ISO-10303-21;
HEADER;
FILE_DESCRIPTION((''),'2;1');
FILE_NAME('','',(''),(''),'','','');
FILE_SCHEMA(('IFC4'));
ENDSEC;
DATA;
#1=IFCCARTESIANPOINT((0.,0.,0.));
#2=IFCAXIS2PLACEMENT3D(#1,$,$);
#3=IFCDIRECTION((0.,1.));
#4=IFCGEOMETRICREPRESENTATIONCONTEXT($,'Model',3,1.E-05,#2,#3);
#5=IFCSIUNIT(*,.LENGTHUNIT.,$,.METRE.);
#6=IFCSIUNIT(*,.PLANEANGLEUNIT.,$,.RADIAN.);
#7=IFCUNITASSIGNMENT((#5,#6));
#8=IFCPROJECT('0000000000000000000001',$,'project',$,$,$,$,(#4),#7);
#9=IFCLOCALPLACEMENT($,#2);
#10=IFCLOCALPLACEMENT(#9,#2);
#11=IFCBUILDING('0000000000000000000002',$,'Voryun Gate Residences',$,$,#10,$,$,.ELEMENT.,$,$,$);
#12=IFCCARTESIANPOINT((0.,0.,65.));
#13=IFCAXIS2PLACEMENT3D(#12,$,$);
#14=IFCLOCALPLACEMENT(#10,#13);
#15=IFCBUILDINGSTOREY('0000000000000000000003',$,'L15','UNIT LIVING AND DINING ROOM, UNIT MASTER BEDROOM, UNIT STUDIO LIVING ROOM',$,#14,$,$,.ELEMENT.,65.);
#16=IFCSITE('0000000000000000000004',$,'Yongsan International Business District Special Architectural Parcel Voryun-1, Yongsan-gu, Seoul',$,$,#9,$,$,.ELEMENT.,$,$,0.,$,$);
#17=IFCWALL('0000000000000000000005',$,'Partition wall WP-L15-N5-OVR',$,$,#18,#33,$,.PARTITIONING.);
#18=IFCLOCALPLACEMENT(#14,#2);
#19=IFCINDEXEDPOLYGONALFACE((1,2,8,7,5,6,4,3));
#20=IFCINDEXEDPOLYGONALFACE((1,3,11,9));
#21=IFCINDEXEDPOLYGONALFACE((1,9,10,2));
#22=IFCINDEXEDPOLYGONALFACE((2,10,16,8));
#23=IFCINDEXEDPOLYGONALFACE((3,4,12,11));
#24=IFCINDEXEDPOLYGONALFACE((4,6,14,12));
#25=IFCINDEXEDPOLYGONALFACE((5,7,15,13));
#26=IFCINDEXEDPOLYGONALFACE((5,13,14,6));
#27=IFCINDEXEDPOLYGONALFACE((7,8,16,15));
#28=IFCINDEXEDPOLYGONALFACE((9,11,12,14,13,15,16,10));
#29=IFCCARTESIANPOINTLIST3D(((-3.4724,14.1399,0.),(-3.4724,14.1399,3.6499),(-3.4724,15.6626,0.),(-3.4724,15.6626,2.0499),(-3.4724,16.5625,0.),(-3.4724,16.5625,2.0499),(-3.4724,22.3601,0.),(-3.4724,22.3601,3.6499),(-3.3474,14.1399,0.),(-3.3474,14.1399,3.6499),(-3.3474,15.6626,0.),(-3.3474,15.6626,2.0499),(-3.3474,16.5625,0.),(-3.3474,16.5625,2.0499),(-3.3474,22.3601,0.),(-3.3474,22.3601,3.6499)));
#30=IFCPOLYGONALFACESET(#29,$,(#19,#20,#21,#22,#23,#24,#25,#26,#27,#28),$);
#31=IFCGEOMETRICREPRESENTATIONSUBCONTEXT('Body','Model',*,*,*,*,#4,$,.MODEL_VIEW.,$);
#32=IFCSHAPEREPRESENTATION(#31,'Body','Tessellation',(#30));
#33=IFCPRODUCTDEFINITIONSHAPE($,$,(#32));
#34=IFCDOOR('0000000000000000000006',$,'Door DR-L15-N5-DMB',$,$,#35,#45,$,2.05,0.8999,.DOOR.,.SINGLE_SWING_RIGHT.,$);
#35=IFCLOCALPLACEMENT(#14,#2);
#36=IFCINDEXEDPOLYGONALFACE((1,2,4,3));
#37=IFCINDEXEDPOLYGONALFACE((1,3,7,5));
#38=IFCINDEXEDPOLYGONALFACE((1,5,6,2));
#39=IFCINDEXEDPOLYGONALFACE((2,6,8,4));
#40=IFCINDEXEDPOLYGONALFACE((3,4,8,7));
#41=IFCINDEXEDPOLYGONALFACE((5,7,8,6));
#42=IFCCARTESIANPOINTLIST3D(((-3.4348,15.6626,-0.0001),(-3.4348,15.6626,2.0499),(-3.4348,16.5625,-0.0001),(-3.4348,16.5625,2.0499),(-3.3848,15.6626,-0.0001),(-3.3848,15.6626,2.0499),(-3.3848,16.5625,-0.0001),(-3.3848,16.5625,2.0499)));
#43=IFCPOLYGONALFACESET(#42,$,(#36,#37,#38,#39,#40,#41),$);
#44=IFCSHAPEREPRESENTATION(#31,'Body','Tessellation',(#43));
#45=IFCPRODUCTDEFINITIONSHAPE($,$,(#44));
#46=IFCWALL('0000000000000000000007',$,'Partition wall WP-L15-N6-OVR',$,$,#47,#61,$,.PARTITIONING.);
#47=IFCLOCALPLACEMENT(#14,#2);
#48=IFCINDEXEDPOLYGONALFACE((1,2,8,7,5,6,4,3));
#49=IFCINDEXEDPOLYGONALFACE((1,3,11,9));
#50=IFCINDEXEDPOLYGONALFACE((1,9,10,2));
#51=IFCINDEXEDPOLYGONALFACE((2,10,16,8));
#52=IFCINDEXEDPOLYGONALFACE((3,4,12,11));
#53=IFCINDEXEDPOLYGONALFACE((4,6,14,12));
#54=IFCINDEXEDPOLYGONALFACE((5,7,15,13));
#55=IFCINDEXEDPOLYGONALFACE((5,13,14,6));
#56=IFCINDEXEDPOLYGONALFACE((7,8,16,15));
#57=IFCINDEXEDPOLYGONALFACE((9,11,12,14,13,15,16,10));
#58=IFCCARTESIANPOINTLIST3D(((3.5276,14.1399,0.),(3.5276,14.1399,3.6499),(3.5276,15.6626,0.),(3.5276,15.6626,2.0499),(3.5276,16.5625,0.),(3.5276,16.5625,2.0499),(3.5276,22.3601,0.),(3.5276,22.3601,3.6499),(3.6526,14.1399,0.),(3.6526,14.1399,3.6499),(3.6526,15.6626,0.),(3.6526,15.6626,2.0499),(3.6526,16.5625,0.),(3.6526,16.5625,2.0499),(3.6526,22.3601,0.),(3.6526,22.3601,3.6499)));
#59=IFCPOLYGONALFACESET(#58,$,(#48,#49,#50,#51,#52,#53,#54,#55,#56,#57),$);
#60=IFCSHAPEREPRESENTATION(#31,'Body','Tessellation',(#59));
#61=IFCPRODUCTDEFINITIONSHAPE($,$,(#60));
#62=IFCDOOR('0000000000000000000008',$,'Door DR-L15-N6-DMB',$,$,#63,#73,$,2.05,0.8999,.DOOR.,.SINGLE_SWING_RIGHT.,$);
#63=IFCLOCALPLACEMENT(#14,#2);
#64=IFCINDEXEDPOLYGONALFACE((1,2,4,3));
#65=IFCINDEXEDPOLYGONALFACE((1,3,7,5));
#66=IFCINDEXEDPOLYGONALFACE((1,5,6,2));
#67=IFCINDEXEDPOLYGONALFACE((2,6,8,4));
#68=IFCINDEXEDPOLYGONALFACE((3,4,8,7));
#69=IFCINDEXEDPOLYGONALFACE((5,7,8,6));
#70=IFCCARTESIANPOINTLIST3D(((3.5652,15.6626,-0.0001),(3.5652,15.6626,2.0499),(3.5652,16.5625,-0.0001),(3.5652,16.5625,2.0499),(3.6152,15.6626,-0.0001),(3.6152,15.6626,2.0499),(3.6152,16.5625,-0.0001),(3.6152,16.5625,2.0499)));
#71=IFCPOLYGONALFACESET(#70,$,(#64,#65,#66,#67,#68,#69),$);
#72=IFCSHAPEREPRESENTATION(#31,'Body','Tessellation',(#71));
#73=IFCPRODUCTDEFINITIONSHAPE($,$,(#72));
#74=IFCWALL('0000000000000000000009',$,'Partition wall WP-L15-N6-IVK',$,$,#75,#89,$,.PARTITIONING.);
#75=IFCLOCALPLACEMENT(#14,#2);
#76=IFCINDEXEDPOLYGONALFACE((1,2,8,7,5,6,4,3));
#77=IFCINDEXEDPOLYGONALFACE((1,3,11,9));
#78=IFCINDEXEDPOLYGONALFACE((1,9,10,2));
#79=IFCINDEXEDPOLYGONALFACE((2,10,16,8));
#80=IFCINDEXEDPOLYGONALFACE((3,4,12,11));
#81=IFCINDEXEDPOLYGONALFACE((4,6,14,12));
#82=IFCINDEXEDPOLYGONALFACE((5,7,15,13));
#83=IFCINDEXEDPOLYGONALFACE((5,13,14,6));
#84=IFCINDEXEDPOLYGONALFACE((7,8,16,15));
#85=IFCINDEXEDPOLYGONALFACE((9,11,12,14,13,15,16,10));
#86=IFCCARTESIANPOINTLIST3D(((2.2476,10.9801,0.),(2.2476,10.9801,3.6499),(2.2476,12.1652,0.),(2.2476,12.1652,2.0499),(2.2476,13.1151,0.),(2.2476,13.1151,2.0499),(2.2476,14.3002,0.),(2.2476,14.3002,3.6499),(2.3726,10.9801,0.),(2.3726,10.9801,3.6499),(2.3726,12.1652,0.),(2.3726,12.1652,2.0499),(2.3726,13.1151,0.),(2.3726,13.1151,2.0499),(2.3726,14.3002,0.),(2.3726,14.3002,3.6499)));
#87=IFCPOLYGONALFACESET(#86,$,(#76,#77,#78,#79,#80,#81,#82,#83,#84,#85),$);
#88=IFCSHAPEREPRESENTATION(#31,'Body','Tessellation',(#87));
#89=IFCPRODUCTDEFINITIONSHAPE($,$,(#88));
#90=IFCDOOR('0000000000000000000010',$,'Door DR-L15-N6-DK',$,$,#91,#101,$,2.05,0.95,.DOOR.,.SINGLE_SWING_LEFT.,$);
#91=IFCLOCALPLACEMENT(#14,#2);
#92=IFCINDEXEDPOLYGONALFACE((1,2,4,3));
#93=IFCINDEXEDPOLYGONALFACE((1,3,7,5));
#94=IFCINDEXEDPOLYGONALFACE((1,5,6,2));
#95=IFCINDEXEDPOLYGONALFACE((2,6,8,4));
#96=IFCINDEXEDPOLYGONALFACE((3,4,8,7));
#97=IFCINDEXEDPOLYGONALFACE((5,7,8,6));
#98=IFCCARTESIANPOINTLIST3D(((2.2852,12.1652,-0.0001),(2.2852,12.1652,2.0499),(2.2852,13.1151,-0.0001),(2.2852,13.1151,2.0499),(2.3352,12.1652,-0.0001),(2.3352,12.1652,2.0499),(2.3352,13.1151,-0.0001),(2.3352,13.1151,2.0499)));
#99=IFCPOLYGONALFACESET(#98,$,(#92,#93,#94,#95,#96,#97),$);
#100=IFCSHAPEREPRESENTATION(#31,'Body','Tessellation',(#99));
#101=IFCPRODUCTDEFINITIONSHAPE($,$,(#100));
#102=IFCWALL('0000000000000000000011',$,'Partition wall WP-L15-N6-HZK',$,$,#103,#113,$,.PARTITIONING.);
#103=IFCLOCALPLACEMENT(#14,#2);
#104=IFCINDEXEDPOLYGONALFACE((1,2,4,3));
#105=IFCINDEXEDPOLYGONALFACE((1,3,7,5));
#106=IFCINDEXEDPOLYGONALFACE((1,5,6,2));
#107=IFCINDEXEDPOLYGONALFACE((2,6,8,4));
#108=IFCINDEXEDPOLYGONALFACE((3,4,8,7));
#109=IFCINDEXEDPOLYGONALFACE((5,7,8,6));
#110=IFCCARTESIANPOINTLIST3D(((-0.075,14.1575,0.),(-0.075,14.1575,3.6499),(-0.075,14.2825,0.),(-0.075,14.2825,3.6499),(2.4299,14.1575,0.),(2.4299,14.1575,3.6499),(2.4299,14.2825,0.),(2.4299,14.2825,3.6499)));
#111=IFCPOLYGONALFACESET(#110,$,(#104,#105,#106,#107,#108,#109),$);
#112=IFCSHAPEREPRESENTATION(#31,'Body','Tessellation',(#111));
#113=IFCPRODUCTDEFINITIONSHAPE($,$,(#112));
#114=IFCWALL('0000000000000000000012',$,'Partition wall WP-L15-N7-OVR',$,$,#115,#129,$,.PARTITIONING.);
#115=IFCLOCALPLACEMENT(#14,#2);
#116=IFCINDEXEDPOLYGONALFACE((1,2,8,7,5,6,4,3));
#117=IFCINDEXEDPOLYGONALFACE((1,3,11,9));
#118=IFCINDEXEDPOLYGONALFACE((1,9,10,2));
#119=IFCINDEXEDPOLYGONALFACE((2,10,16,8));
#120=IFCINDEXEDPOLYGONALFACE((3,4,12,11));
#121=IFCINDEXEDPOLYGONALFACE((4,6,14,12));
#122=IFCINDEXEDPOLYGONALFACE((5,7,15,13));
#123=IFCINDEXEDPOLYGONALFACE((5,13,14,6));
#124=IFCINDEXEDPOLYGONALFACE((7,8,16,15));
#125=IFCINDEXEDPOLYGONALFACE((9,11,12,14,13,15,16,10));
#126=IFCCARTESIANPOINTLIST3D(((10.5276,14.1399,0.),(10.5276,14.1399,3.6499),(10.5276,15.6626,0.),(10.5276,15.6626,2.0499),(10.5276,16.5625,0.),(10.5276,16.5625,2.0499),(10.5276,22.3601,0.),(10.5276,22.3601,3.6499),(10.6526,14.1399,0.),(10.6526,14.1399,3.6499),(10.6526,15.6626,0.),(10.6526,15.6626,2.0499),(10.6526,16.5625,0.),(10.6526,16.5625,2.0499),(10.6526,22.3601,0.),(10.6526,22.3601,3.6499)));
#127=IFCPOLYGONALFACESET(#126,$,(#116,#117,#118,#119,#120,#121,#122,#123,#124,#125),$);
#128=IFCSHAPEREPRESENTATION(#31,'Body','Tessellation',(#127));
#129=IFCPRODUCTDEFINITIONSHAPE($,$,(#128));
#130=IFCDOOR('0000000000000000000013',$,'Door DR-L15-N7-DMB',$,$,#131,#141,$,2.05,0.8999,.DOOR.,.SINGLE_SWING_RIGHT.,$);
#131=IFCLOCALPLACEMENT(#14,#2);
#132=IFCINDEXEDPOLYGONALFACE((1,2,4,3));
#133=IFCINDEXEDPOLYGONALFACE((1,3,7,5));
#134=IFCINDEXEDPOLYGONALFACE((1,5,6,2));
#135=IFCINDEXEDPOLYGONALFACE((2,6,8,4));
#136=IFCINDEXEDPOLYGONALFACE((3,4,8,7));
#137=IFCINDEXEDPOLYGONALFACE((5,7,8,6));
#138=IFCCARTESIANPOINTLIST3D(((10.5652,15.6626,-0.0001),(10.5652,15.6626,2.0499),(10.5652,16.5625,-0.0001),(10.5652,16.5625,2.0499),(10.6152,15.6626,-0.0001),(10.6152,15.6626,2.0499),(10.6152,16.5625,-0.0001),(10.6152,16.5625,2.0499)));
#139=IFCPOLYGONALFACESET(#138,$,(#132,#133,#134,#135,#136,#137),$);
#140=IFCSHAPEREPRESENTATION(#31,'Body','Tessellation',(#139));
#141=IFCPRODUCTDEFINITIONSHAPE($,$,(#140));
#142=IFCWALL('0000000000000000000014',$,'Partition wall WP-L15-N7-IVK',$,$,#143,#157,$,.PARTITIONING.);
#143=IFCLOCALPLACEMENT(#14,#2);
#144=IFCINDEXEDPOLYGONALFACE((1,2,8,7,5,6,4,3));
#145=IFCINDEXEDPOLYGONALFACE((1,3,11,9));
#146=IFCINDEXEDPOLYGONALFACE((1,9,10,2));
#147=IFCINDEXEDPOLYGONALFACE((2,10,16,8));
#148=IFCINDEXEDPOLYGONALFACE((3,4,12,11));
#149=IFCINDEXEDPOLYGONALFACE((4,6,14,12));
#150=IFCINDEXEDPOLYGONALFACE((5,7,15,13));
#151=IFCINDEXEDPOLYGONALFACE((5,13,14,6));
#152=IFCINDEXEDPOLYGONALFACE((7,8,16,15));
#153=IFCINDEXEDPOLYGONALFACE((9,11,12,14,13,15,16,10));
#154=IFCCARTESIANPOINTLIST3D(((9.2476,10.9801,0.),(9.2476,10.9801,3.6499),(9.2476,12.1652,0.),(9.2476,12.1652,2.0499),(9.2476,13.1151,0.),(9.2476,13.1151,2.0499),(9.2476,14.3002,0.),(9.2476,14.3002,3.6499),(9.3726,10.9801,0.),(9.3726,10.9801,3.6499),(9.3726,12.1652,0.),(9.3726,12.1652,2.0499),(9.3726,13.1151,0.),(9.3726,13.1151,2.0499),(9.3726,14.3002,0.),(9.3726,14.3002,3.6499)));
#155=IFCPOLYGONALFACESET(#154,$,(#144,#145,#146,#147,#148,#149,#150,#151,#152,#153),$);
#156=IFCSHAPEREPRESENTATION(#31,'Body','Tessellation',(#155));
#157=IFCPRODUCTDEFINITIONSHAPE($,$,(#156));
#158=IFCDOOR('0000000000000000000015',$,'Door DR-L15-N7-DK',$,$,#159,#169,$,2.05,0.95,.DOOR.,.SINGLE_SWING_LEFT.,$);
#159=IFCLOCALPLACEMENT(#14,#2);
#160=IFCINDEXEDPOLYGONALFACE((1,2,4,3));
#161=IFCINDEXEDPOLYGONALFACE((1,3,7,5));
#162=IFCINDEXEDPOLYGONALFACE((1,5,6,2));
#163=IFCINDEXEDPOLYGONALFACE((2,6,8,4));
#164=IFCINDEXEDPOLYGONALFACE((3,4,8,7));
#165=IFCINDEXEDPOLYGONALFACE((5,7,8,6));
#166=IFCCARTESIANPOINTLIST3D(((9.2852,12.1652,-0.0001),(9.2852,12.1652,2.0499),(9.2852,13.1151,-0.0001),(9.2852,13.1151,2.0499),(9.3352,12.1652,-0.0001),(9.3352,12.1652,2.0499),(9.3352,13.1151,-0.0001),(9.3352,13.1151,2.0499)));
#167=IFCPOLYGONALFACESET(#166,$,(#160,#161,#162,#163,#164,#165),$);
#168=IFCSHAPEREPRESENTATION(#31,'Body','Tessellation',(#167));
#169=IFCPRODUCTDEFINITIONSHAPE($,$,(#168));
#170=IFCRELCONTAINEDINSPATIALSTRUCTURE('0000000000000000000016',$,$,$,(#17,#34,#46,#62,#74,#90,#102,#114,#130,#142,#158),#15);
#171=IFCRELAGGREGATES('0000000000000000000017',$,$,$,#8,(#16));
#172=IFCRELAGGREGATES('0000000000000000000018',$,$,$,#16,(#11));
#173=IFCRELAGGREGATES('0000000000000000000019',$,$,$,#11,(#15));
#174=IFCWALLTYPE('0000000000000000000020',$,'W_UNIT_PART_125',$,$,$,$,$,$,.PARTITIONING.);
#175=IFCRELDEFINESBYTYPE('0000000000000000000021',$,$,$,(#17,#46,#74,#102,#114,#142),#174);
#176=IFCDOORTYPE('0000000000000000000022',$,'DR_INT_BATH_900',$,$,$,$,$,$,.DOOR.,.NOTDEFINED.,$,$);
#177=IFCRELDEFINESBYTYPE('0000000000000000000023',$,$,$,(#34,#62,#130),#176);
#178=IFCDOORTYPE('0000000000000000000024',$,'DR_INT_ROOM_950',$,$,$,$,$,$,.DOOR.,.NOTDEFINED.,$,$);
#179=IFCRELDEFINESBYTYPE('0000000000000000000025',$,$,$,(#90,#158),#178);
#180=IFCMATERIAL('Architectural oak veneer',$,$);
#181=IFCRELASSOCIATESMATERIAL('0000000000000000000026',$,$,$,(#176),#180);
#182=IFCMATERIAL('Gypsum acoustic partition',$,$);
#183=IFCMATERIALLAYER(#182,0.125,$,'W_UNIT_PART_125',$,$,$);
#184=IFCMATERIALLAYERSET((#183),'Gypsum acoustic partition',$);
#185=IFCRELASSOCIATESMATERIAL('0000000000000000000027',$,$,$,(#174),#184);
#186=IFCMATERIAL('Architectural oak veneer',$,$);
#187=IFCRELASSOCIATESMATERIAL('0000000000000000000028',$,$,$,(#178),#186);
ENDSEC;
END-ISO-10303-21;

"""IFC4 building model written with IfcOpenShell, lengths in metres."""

from ifc_helpers import new_model, si_unit, direction, frame, frame_2d, origin, place, context, subcontext, project, spatial, rectangle, extrude, material, layer, layer_set, type_object, element, fill, save


model = new_model("IFC4")

# Units and contexts
model_context = context("Model", 3, precision=1e-05, world=origin(), true_north=direction((0.0, 1.0)))
body_context = subcontext(model_context, "Body", "Model", "MODEL_VIEW")
ifc_project = project(units=[si_unit("LENGTHUNIT", "METRE"), si_unit("PLANEANGLEUNIT", "RADIAN")], contexts=[model_context])

# Site, building, storey
site_placement = place(None, origin())
site = spatial("IfcSite", under=ifc_project, at=site_placement, Name="Yongsan International Business District Special Architectural Parcel Voryun-1, Yongsan-gu, Seoul", CompositionType="ELEMENT", RefElevation=0.0)
building_placement = place(site_placement, origin())
building = spatial("IfcBuilding", under=site, at=building_placement, Name="Voryun Gate Residences", CompositionType="ELEMENT")
storey_placement = place(building_placement, frame((0.0, 0.0, 65.0)))
storey = spatial("IfcBuildingStorey", under=building, at=storey_placement, Name="L15", Description="UNIT LIVING AND DINING ROOM, UNIT MASTER BEDROOM, UNIT STUDIO LIVING ROOM", CompositionType="ELEMENT", Elevation=65.0)

# Shared definitions
ifc_material_1 = material(Name="Architectural oak veneer")
door_type_1 = type_object("IfcDoorType", Name="DR_INT_BATH_900", OperationType="NOTDEFINED", PredefinedType="DOOR", material=ifc_material_1)

# Walls, openings, doors
ifc_material_2 = material(Name="Gypsum acoustic partition")
ifc_layer_1 = layer(ifc_material_2, 0.125, Name="W_UNIT_PART_125")
ifc_layer_set_1 = layer_set([ifc_layer_1], Name="Gypsum acoustic partition")
wall_type_1 = type_object("IfcWallType", Name="W_UNIT_PART_125", PredefinedType="PARTITIONING", material=ifc_layer_set_1)
wall_1_placement = place(storey_placement, frame((-3.4099, 14.1399, 0.0), z_axis=(0.0, 0.0, 1.0), x_axis=(0.0, 1.0, 0.0)))
wall_1 = element("IfcWall", 1, at=wall_1_placement, inside=storey, type_object=wall_type_1, Name="Partition wall WP-L15-N5-OVR", PredefinedType="PARTITIONING", context=body_context, shape_type="SweptSolid", body=[
    extrude(rectangle(XDim=8.2202, YDim=0.125, at=frame_2d((4.1101, 0.0))), origin(), (0.0, 0.0, 1.0), 3.6499),
])
opening_1_placement = place(wall_1_placement, frame((1.5227, 0.0, 0.0)))
opening_1 = element("IfcOpeningElement", 2, at=opening_1_placement, cuts=wall_1, PredefinedType="OPENING", context=body_context, shape_type="SweptSolid", body=[
    extrude(rectangle(XDim=0.8999, YDim=2.05, at=frame_2d((0.45, 1.0249))), frame((0.0, 0.0725, 0.0), z_axis=(0.0, -1.0, 0.0), x_axis=(1.0, 0.0, 0.0)), (0.0, 0.0, 1.0), 0.145),
])
door_1_placement = place(opening_1_placement, origin())
door_1 = element("IfcDoor", 3, at=door_1_placement, inside=storey, type_object=door_type_1, Name="Door DR-L15-N5-DMB", OperationType="SINGLE_SWING_RIGHT", OverallHeight=2.05, OverallWidth=0.8999, PredefinedType="DOOR", context=body_context, shape_type="SweptSolid", body=[
    extrude(rectangle(XDim=0.8999, YDim=2.05, at=frame_2d((0.45, 1.0249))), frame((0.0, 0.0249, 0.0), z_axis=(0.0, -1.0, 0.0), x_axis=(1.0, 0.0, 0.0)), (0.0, 0.0, 1.0), 0.05),
])
fill(opening_1, door_1)
wall_2_placement = place(storey_placement, frame((3.5901, 14.1399, 0.0), z_axis=(0.0, 0.0, 1.0), x_axis=(0.0, 1.0, 0.0)))
wall_2 = element("IfcWall", 4, at=wall_2_placement, inside=storey, type_object=wall_type_1, Name="Partition wall WP-L15-N6-OVR", PredefinedType="PARTITIONING", context=body_context, shape_type="SweptSolid", body=[
    extrude(rectangle(XDim=8.2202, YDim=0.125, at=frame_2d((4.1101, 0.0))), origin(), (0.0, 0.0, 1.0), 3.6499),
])
opening_2_placement = place(wall_2_placement, frame((1.5227, 0.0, 0.0)))
opening_2 = element("IfcOpeningElement", 5, at=opening_2_placement, cuts=wall_2, PredefinedType="OPENING", context=body_context, shape_type="SweptSolid", body=[
    extrude(rectangle(XDim=0.8999, YDim=2.05, at=frame_2d((0.45, 1.0249))), frame((0.0, 0.0725, 0.0), z_axis=(0.0, -1.0, 0.0), x_axis=(1.0, 0.0, 0.0)), (0.0, 0.0, 1.0), 0.145),
])
door_2_placement = place(opening_2_placement, origin())
door_2 = element("IfcDoor", 6, at=door_2_placement, inside=storey, type_object=door_type_1, Name="Door DR-L15-N6-DMB", OperationType="SINGLE_SWING_RIGHT", OverallHeight=2.05, OverallWidth=0.8999, PredefinedType="DOOR", context=body_context, shape_type="SweptSolid", body=[
    extrude(rectangle(XDim=0.8999, YDim=2.05, at=frame_2d((0.45, 1.0249))), frame((0.0, 0.0249, 0.0), z_axis=(0.0, -1.0, 0.0), x_axis=(1.0, 0.0, 0.0)), (0.0, 0.0, 1.0), 0.05),
])
fill(opening_2, door_2)
wall_3_placement = place(storey_placement, frame((2.3101, 10.98, 0.0), z_axis=(0.0, 0.0, 1.0), x_axis=(0.0, 1.0, 0.0)))
wall_3 = element("IfcWall", 7, at=wall_3_placement, inside=storey, type_object=wall_type_1, Name="Partition wall WP-L15-N6-IVK", PredefinedType="PARTITIONING", context=body_context, shape_type="SweptSolid", body=[
    extrude(rectangle(XDim=3.3201, YDim=0.125, at=frame_2d((1.6602, 0.0))), origin(), (0.0, 0.0, 1.0), 3.6499),
])
opening_3_placement = place(wall_3_placement, frame((1.1851, 0.0, 0.0)))
opening_3 = element("IfcOpeningElement", 8, at=opening_3_placement, cuts=wall_3, PredefinedType="OPENING", context=body_context, shape_type="SweptSolid", body=[
    extrude(rectangle(XDim=0.95, YDim=2.05, at=frame_2d((0.4751, 1.0249))), frame((0.0, 0.0725, 0.0), z_axis=(0.0, -1.0, 0.0), x_axis=(1.0, 0.0, 0.0)), (0.0, 0.0, 1.0), 0.145),
])
ifc_material_3 = material(Name="Architectural oak veneer")
door_type_2 = type_object("IfcDoorType", Name="DR_INT_ROOM_950", OperationType="NOTDEFINED", PredefinedType="DOOR", material=ifc_material_3)
door_3_placement = place(opening_3_placement, origin())
door_3 = element("IfcDoor", 9, at=door_3_placement, inside=storey, type_object=door_type_2, Name="Door DR-L15-N6-DK", OperationType="SINGLE_SWING_LEFT", OverallHeight=2.05, OverallWidth=0.95, PredefinedType="DOOR", context=body_context, shape_type="SweptSolid", body=[
    extrude(rectangle(XDim=0.95, YDim=2.05, at=frame_2d((0.4751, 1.0249))), frame((0.0, 0.0249, 0.0), z_axis=(0.0, -1.0, 0.0), x_axis=(1.0, 0.0, 0.0)), (0.0, 0.0, 1.0), 0.05),
])
fill(opening_3, door_3)

# Wall
wall_4_placement = place(storey_placement, frame((-0.075, 14.22, 0.0), z_axis=(0.0, 0.0, 1.0), x_axis=(1.0, 0.0, 0.0)))
element("IfcWall", 10, at=wall_4_placement, inside=storey, type_object=wall_type_1, Name="Partition wall WP-L15-N6-HZK", PredefinedType="PARTITIONING", context=body_context, shape_type="SweptSolid", body=[
    extrude(rectangle(XDim=2.5049, YDim=0.125, at=frame_2d((1.2524, 0.0))), origin(), (0.0, 0.0, 1.0), 3.6499),
])

# Walls, openings, doors
wall_5_placement = place(storey_placement, frame((10.5901, 14.1399, 0.0), z_axis=(0.0, 0.0, 1.0), x_axis=(0.0, 1.0, 0.0)))
wall_5 = element("IfcWall", 11, at=wall_5_placement, inside=storey, type_object=wall_type_1, Name="Partition wall WP-L15-N7-OVR", PredefinedType="PARTITIONING", context=body_context, shape_type="SweptSolid", body=[
    extrude(rectangle(XDim=8.2202, YDim=0.125, at=frame_2d((4.1101, 0.0))), origin(), (0.0, 0.0, 1.0), 3.6499),
])
opening_4_placement = place(wall_5_placement, frame((1.5227, 0.0, 0.0)))
opening_4 = element("IfcOpeningElement", 12, at=opening_4_placement, cuts=wall_5, PredefinedType="OPENING", context=body_context, shape_type="SweptSolid", body=[
    extrude(rectangle(XDim=0.8999, YDim=2.05, at=frame_2d((0.45, 1.0249))), frame((0.0, 0.0725, 0.0), z_axis=(0.0, -1.0, 0.0), x_axis=(1.0, 0.0, 0.0)), (0.0, 0.0, 1.0), 0.145),
])
door_4_placement = place(opening_4_placement, origin())
door_4 = element("IfcDoor", 13, at=door_4_placement, inside=storey, type_object=door_type_1, Name="Door DR-L15-N7-DMB", OperationType="SINGLE_SWING_RIGHT", OverallHeight=2.05, OverallWidth=0.8999, PredefinedType="DOOR", context=body_context, shape_type="SweptSolid", body=[
    extrude(rectangle(XDim=0.8999, YDim=2.05, at=frame_2d((0.45, 1.0249))), frame((0.0, 0.0249, 0.0), z_axis=(0.0, -1.0, 0.0), x_axis=(1.0, 0.0, 0.0)), (0.0, 0.0, 1.0), 0.05),
])
fill(opening_4, door_4)
wall_6_placement = place(storey_placement, frame((9.3101, 10.98, 0.0), z_axis=(0.0, 0.0, 1.0), x_axis=(0.0, 1.0, 0.0)))
wall_6 = element("IfcWall", 14, at=wall_6_placement, inside=storey, type_object=wall_type_1, Name="Partition wall WP-L15-N7-IVK", PredefinedType="PARTITIONING", context=body_context, shape_type="SweptSolid", body=[
    extrude(rectangle(XDim=3.3201, YDim=0.125, at=frame_2d((1.6602, 0.0))), origin(), (0.0, 0.0, 1.0), 3.6499),
])
opening_5_placement = place(wall_6_placement, frame((1.1851, 0.0, 0.0)))
opening_5 = element("IfcOpeningElement", 15, at=opening_5_placement, cuts=wall_6, PredefinedType="OPENING", context=body_context, shape_type="SweptSolid", body=[
    extrude(rectangle(XDim=0.95, YDim=2.05, at=frame_2d((0.4751, 1.0249))), frame((0.0, 0.0725, 0.0), z_axis=(0.0, -1.0, 0.0), x_axis=(1.0, 0.0, 0.0)), (0.0, 0.0, 1.0), 0.145),
])
door_5_placement = place(opening_5_placement, origin())
door_5 = element("IfcDoor", 16, at=door_5_placement, inside=storey, type_object=door_type_2, Name="Door DR-L15-N7-DK", OperationType="SINGLE_SWING_LEFT", OverallHeight=2.05, OverallWidth=0.95, PredefinedType="DOOR", context=body_context, shape_type="SweptSolid", body=[
    extrude(rectangle(XDim=0.95, YDim=2.05, at=frame_2d((0.4751, 1.0249))), frame((0.0, 0.0249, 0.0), z_axis=(0.0, -1.0, 0.0), x_axis=(1.0, 0.0, 0.0)), (0.0, 0.0, 1.0), 0.05),
])
fill(opening_5, door_5)

save(model, "model.ifc")
